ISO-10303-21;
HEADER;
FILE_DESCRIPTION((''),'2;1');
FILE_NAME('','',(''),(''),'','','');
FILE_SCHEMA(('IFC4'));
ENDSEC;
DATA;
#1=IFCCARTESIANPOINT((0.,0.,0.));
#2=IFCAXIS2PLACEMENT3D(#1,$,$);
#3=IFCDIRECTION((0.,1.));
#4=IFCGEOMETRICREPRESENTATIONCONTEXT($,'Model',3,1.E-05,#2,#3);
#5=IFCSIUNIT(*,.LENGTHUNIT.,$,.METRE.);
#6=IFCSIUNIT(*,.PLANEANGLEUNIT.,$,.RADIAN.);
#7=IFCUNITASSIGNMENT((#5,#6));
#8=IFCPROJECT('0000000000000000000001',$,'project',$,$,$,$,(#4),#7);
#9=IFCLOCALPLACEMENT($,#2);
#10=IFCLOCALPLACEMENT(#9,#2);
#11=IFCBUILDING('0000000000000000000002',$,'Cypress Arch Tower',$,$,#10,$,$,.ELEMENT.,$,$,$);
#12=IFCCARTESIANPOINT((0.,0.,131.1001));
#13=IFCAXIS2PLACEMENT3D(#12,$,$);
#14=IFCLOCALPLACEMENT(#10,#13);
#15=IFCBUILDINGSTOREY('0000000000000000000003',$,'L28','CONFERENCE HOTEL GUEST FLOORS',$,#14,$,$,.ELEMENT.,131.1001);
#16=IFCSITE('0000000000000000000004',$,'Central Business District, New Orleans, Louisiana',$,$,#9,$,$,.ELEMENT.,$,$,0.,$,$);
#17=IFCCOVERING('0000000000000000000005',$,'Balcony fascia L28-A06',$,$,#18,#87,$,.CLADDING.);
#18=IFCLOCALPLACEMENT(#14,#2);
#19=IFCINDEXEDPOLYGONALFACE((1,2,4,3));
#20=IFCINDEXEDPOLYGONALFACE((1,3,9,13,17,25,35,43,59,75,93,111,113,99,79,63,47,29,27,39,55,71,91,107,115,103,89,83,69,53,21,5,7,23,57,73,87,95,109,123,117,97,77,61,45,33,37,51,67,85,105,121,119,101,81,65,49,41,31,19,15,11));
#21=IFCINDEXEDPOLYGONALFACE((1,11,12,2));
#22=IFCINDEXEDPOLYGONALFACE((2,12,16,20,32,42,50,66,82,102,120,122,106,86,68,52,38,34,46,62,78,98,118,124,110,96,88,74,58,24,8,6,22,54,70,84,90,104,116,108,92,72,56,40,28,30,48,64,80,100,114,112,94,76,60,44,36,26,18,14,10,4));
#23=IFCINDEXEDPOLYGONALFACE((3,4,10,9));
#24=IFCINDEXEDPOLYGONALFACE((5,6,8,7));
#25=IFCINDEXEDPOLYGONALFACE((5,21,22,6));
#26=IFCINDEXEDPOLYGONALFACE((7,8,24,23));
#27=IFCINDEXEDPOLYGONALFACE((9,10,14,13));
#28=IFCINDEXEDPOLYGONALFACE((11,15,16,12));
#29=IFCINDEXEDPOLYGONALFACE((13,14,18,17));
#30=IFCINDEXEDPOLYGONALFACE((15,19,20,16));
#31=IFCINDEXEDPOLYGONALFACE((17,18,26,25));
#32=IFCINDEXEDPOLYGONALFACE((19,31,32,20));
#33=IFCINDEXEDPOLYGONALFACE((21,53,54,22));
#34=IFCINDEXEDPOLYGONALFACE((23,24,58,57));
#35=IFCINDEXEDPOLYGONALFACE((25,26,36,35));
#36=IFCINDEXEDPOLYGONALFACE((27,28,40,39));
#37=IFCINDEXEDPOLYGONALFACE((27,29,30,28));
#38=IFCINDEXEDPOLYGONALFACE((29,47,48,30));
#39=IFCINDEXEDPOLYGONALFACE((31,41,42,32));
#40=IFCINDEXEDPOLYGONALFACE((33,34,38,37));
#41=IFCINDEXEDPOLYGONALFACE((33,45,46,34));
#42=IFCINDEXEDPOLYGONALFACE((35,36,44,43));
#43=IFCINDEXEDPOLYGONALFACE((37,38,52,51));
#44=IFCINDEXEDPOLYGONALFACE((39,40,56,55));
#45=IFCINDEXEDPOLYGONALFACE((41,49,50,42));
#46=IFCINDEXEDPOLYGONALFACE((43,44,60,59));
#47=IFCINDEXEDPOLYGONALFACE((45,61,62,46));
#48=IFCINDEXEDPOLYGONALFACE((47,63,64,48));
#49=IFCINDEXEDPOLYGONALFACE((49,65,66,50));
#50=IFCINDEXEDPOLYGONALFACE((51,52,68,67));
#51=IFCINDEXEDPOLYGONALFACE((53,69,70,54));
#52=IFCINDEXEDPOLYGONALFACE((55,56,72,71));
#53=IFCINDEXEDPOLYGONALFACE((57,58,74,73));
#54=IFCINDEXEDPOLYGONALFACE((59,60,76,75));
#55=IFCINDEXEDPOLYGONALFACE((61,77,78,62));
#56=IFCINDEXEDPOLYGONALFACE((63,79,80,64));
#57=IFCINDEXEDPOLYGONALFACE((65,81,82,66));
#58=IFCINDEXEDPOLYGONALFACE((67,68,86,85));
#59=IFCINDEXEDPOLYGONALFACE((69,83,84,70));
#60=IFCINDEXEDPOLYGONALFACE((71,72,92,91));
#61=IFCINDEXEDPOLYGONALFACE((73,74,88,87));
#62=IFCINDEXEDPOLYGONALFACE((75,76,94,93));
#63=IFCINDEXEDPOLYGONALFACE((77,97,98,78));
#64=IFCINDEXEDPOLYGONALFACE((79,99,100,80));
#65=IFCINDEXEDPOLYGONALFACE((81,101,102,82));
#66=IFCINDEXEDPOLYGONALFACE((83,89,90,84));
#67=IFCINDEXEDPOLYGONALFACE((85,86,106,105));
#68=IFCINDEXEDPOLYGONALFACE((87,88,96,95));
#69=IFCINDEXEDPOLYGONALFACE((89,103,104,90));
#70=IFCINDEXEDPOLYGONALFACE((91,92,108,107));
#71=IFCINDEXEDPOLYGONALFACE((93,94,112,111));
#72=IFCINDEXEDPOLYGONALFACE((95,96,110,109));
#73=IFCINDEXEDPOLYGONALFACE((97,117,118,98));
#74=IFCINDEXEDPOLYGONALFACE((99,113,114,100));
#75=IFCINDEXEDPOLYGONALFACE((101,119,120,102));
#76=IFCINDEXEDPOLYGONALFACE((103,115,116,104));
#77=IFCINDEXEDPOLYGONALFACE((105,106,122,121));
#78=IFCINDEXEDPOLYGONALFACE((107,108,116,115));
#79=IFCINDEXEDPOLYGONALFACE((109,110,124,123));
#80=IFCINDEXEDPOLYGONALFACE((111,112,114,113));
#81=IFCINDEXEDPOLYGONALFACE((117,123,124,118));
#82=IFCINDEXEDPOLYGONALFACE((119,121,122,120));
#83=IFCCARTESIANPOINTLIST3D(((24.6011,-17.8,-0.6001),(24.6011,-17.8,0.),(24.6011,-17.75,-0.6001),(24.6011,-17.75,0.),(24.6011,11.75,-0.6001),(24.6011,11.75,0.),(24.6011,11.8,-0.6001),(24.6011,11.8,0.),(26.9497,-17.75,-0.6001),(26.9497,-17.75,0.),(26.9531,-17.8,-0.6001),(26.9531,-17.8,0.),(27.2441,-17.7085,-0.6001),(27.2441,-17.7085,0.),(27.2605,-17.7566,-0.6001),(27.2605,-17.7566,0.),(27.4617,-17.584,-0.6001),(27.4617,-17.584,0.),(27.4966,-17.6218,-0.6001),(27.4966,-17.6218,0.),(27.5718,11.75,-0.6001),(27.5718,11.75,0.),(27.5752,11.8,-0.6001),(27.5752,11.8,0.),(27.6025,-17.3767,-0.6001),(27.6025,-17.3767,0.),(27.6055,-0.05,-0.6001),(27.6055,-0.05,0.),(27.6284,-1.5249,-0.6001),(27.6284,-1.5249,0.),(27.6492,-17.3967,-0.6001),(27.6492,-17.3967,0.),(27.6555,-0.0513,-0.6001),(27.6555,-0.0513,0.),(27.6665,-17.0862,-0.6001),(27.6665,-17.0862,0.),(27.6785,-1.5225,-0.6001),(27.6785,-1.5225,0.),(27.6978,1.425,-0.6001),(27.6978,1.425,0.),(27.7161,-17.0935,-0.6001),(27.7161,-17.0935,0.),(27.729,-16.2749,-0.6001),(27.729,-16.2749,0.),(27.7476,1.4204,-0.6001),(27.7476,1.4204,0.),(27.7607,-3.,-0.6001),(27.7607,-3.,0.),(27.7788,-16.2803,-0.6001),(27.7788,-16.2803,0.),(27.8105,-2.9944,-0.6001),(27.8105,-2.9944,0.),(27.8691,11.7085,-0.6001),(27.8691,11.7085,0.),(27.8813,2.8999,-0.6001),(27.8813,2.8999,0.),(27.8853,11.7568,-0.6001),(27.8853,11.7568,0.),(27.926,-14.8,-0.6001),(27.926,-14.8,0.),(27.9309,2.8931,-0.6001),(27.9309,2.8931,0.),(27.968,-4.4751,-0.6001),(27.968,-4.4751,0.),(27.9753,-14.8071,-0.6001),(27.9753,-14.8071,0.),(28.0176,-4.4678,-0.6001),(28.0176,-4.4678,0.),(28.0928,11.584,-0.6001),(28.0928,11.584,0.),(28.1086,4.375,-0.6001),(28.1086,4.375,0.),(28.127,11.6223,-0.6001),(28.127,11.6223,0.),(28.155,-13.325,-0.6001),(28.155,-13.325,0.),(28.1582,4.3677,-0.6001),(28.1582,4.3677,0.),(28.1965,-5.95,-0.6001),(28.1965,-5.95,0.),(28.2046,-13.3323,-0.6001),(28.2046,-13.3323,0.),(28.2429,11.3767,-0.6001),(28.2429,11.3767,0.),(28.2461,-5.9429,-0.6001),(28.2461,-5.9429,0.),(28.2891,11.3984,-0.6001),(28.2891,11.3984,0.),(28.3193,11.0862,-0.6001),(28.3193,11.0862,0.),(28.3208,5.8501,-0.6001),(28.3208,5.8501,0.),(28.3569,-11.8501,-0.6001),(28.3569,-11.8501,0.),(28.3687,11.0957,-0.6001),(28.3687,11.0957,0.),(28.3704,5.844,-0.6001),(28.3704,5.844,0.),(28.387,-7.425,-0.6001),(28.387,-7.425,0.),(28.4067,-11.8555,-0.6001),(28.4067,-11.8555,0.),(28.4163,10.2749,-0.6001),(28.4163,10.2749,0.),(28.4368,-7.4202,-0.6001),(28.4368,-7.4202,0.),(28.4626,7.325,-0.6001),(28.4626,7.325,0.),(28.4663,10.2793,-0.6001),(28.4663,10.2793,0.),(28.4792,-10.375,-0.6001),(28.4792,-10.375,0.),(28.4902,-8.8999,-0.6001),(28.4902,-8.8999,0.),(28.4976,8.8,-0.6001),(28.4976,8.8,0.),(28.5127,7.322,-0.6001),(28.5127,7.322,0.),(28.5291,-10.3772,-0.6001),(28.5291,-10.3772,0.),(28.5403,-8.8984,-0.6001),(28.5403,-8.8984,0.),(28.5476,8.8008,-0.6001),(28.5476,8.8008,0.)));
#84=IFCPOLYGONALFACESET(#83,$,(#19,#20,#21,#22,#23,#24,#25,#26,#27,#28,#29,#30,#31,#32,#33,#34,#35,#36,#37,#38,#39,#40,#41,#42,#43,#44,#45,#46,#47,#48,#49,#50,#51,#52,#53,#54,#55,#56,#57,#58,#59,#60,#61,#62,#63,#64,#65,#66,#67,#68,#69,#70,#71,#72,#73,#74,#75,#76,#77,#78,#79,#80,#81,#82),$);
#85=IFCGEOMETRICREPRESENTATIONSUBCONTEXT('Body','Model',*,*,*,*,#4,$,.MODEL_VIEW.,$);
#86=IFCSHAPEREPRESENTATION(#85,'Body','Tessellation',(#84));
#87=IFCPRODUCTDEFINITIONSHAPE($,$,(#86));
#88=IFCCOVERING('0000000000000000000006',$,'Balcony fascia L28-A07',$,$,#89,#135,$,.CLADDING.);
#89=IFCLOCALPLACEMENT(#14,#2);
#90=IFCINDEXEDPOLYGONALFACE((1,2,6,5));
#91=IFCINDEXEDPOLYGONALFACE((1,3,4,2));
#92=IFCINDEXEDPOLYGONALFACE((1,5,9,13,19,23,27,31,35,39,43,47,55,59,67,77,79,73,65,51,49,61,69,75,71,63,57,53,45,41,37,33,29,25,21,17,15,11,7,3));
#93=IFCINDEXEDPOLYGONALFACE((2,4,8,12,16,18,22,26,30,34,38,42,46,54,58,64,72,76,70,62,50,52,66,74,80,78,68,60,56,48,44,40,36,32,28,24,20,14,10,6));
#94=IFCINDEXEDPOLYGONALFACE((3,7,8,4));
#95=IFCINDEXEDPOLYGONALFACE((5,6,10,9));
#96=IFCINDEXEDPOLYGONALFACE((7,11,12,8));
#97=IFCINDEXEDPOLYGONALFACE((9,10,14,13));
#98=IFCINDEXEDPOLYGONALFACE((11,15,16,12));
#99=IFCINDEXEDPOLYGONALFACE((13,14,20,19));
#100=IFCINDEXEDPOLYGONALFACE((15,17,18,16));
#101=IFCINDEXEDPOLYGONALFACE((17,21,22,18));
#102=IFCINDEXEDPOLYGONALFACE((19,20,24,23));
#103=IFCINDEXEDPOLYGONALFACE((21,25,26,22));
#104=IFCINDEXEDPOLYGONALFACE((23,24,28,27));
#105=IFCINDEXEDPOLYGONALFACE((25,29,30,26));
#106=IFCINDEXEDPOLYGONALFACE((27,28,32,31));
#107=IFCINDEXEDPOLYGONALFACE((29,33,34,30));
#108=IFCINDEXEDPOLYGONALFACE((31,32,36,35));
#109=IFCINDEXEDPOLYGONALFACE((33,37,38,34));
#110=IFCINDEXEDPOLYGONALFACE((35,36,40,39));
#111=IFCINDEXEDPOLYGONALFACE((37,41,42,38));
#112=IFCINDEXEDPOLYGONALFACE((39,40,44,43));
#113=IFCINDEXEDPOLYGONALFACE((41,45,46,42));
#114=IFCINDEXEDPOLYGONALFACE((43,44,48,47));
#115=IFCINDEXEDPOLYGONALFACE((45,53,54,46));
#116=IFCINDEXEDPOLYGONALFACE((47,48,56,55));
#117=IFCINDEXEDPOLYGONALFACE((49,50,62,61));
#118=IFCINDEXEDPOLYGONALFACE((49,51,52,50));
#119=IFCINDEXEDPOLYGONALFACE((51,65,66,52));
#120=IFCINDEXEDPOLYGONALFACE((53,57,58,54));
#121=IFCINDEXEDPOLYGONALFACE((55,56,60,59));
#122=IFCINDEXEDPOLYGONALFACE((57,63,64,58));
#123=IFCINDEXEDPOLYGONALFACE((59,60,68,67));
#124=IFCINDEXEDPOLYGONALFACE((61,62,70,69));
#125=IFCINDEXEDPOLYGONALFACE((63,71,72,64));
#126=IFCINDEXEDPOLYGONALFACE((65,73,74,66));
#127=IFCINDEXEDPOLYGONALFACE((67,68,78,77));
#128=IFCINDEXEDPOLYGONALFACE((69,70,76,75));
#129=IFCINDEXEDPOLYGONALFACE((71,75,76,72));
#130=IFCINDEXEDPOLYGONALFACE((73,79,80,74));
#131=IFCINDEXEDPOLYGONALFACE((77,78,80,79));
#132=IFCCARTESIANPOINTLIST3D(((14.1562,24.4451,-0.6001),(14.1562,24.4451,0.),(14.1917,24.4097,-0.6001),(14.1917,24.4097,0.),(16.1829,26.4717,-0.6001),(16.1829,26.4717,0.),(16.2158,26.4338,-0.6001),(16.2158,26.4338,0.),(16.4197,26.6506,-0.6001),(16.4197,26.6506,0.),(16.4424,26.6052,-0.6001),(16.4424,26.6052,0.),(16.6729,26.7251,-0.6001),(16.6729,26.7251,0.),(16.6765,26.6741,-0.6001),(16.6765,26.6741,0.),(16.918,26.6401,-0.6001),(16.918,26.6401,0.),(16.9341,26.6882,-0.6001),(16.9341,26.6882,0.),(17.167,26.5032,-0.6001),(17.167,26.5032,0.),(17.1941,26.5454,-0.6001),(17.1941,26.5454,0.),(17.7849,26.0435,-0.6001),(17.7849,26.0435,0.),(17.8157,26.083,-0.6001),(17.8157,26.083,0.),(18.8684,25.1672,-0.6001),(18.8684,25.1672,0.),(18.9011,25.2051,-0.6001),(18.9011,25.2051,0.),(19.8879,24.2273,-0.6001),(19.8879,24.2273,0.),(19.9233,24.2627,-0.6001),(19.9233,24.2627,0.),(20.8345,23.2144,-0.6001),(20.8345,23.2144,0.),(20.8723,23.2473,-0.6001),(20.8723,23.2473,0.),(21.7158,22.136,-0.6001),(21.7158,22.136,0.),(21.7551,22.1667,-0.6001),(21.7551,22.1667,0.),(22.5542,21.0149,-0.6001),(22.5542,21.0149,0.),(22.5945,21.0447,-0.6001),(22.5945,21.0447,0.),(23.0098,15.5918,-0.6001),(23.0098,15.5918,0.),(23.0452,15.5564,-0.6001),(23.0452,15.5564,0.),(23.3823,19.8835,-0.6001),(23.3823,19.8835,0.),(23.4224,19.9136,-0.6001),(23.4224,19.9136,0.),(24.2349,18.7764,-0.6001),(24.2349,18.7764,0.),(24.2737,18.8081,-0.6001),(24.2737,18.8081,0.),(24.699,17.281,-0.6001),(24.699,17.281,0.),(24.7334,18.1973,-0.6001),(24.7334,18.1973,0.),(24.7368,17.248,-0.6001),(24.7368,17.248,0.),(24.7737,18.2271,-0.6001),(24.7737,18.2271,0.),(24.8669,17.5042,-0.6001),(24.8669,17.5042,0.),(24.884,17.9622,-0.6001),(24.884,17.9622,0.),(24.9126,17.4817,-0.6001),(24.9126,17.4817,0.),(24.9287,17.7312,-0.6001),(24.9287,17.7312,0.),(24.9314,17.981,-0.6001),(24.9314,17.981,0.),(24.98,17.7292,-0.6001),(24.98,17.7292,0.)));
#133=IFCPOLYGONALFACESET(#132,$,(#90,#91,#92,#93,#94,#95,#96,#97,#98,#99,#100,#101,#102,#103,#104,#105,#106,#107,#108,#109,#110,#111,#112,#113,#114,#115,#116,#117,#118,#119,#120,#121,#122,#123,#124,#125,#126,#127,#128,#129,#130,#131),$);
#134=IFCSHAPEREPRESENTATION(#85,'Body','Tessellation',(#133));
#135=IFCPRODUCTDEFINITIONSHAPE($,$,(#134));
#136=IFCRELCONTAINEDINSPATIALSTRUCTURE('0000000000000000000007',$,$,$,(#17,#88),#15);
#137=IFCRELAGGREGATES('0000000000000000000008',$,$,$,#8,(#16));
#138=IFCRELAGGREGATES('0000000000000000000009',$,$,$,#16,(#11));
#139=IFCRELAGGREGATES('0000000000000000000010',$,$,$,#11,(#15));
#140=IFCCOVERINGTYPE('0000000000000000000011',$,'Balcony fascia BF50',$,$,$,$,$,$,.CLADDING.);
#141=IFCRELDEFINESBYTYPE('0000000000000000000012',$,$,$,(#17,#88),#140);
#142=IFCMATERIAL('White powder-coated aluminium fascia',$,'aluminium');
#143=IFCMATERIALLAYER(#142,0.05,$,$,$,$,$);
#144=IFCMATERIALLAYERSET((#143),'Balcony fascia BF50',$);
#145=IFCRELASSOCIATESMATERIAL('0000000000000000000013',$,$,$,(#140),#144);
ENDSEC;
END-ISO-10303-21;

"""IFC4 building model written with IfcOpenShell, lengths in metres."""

from ifc_helpers import new_model, si_unit, direction, frame, origin, place, context, subcontext, project, spatial, polyline, outline, extrude, material, layer, layer_set, type_object, element, save


model = new_model("IFC4")

# Units and contexts
model_context = context("Model", 3, precision=1e-05, world=origin(), true_north=direction((0.0, 1.0)))
body_context = subcontext(model_context, "Body", "Model", "MODEL_VIEW")
ifc_project = project(units=[si_unit("LENGTHUNIT", "METRE"), si_unit("PLANEANGLEUNIT", "RADIAN")], contexts=[model_context])

# Site, building, storey
site_placement = place(None, origin())
site = spatial("IfcSite", under=ifc_project, at=site_placement, Name="Central Business District, New Orleans, Louisiana", CompositionType="ELEMENT", RefElevation=0.0)
building_placement = place(site_placement, origin())
building = spatial("IfcBuilding", under=site, at=building_placement, Name="Cypress Arch Tower", CompositionType="ELEMENT")
storey_placement = place(building_placement, frame((0.0, 0.0, 131.1001)))
storey = spatial("IfcBuildingStorey", under=building, at=storey_placement, Name="L28", Description="CONFERENCE HOTEL GUEST FLOORS", CompositionType="ELEMENT", Elevation=131.1001)

# Coverings
ifc_material_1 = material(Name="White powder-coated aluminium fascia", Category="aluminium")
ifc_layer_1 = layer(ifc_material_1, 0.05)
ifc_layer_set_1 = layer_set([ifc_layer_1], Name="Balcony fascia BF50")
covering_type_1 = type_object("IfcCoveringType", Name="Balcony fascia BF50", PredefinedType="CLADDING", material=ifc_layer_set_1)
covering_1_placement = place(storey_placement, frame((0.0, 0.0, -0.6001)))
element("IfcCovering", 1, at=covering_1_placement, inside=storey, type_object=covering_type_1, Name="Balcony fascia L28-A06", PredefinedType="CLADDING", context=body_context, shape_type="SweptSolid", body=[
    extrude(outline(polyline([(27.5752, 11.8), (27.8853, 11.7568), (28.127, 11.6223), (28.2891, 11.3984), (28.3687, 11.0957), (28.4663, 10.2793), (28.5476, 8.8008), (28.5127, 7.322), (28.3704, 5.844), (28.1582, 4.3677), (27.9309, 2.8931), (27.7476, 1.4204), (27.6555, -0.0513), (27.6785, -1.5225), (27.8105, -2.9944), (28.0176, -4.4678), (28.2461, -5.9429), (28.4368, -7.4202), (28.5403, -8.8984), (28.5291, -10.3772), (28.4067, -11.8555), (28.2046, -13.3323), (27.9753, -14.8071), (27.7788, -16.2803), (27.7161, -17.0935), (27.6492, -17.3967), (27.4966, -17.6218), (27.2605, -17.7566), (26.9531, -17.8), (24.6011, -17.8), (24.6011, -17.75), (26.9497, -17.75), (27.2441, -17.7085), (27.4617, -17.584), (27.6025, -17.3767), (27.6665, -17.0862), (27.729, -16.2749), (27.926, -14.8), (28.155, -13.325), (28.3569, -11.8501), (28.4792, -10.375), (28.4902, -8.8999), (28.387, -7.425), (28.1965, -5.95), (27.968, -4.4751), (27.7607, -3.0), (27.6284, -1.5249), (27.6055, -0.05), (27.6978, 1.425), (27.8813, 2.8999), (28.1086, 4.375), (28.3208, 5.8501), (28.4626, 7.325), (28.4976, 8.8), (28.4163, 10.2749), (28.3193, 11.0862), (28.2429, 11.3767), (28.0928, 11.584), (27.8691, 11.7085), (27.5718, 11.75), (24.6011, 11.75), (24.6011, 11.8), (27.5752, 11.8)])), origin(), (0.0, 0.0, 1.0), 0.6001),
])
covering_2_placement = place(storey_placement, frame((0.0, 0.0, -0.6001)))
element("IfcCovering", 2, at=covering_2_placement, inside=storey, type_object=covering_type_1, Name="Balcony fascia L28-A07", PredefinedType="CLADDING", context=body_context, shape_type="SweptSolid", body=[
    extrude(outline(polyline([(16.1829, 26.4717), (16.4197, 26.6506), (16.6729, 26.7251), (16.9341, 26.6882), (17.1941, 26.5454), (17.8157, 26.083), (18.9011, 25.2051), (19.9233, 24.2627), (20.8723, 23.2473), (21.7551, 22.1667), (22.5945, 21.0447), (23.4224, 19.9136), (24.2737, 18.8081), (24.7737, 18.2271), (24.9314, 17.981), (24.98, 17.7292), (24.9126, 17.4817), (24.7368, 17.248), (23.0452, 15.5564), (23.0098, 15.5918), (24.699, 17.281), (24.8669, 17.5042), (24.9287, 17.7312), (24.884, 17.9622), (24.7334, 18.1973), (24.2349, 18.7764), (23.3823, 19.8835), (22.5542, 21.0149), (21.7158, 22.136), (20.8345, 23.2144), (19.8879, 24.2273), (18.8684, 25.1672), (17.7849, 26.0435), (17.167, 26.5032), (16.918, 26.6401), (16.6765, 26.6741), (16.4424, 26.6052), (16.2158, 26.4338), (14.1917, 24.4097), (14.1562, 24.4451), (16.1829, 26.4717)])), origin(), (0.0, 0.0, 1.0), 0.6001),
])

save(model, "model.ifc")
